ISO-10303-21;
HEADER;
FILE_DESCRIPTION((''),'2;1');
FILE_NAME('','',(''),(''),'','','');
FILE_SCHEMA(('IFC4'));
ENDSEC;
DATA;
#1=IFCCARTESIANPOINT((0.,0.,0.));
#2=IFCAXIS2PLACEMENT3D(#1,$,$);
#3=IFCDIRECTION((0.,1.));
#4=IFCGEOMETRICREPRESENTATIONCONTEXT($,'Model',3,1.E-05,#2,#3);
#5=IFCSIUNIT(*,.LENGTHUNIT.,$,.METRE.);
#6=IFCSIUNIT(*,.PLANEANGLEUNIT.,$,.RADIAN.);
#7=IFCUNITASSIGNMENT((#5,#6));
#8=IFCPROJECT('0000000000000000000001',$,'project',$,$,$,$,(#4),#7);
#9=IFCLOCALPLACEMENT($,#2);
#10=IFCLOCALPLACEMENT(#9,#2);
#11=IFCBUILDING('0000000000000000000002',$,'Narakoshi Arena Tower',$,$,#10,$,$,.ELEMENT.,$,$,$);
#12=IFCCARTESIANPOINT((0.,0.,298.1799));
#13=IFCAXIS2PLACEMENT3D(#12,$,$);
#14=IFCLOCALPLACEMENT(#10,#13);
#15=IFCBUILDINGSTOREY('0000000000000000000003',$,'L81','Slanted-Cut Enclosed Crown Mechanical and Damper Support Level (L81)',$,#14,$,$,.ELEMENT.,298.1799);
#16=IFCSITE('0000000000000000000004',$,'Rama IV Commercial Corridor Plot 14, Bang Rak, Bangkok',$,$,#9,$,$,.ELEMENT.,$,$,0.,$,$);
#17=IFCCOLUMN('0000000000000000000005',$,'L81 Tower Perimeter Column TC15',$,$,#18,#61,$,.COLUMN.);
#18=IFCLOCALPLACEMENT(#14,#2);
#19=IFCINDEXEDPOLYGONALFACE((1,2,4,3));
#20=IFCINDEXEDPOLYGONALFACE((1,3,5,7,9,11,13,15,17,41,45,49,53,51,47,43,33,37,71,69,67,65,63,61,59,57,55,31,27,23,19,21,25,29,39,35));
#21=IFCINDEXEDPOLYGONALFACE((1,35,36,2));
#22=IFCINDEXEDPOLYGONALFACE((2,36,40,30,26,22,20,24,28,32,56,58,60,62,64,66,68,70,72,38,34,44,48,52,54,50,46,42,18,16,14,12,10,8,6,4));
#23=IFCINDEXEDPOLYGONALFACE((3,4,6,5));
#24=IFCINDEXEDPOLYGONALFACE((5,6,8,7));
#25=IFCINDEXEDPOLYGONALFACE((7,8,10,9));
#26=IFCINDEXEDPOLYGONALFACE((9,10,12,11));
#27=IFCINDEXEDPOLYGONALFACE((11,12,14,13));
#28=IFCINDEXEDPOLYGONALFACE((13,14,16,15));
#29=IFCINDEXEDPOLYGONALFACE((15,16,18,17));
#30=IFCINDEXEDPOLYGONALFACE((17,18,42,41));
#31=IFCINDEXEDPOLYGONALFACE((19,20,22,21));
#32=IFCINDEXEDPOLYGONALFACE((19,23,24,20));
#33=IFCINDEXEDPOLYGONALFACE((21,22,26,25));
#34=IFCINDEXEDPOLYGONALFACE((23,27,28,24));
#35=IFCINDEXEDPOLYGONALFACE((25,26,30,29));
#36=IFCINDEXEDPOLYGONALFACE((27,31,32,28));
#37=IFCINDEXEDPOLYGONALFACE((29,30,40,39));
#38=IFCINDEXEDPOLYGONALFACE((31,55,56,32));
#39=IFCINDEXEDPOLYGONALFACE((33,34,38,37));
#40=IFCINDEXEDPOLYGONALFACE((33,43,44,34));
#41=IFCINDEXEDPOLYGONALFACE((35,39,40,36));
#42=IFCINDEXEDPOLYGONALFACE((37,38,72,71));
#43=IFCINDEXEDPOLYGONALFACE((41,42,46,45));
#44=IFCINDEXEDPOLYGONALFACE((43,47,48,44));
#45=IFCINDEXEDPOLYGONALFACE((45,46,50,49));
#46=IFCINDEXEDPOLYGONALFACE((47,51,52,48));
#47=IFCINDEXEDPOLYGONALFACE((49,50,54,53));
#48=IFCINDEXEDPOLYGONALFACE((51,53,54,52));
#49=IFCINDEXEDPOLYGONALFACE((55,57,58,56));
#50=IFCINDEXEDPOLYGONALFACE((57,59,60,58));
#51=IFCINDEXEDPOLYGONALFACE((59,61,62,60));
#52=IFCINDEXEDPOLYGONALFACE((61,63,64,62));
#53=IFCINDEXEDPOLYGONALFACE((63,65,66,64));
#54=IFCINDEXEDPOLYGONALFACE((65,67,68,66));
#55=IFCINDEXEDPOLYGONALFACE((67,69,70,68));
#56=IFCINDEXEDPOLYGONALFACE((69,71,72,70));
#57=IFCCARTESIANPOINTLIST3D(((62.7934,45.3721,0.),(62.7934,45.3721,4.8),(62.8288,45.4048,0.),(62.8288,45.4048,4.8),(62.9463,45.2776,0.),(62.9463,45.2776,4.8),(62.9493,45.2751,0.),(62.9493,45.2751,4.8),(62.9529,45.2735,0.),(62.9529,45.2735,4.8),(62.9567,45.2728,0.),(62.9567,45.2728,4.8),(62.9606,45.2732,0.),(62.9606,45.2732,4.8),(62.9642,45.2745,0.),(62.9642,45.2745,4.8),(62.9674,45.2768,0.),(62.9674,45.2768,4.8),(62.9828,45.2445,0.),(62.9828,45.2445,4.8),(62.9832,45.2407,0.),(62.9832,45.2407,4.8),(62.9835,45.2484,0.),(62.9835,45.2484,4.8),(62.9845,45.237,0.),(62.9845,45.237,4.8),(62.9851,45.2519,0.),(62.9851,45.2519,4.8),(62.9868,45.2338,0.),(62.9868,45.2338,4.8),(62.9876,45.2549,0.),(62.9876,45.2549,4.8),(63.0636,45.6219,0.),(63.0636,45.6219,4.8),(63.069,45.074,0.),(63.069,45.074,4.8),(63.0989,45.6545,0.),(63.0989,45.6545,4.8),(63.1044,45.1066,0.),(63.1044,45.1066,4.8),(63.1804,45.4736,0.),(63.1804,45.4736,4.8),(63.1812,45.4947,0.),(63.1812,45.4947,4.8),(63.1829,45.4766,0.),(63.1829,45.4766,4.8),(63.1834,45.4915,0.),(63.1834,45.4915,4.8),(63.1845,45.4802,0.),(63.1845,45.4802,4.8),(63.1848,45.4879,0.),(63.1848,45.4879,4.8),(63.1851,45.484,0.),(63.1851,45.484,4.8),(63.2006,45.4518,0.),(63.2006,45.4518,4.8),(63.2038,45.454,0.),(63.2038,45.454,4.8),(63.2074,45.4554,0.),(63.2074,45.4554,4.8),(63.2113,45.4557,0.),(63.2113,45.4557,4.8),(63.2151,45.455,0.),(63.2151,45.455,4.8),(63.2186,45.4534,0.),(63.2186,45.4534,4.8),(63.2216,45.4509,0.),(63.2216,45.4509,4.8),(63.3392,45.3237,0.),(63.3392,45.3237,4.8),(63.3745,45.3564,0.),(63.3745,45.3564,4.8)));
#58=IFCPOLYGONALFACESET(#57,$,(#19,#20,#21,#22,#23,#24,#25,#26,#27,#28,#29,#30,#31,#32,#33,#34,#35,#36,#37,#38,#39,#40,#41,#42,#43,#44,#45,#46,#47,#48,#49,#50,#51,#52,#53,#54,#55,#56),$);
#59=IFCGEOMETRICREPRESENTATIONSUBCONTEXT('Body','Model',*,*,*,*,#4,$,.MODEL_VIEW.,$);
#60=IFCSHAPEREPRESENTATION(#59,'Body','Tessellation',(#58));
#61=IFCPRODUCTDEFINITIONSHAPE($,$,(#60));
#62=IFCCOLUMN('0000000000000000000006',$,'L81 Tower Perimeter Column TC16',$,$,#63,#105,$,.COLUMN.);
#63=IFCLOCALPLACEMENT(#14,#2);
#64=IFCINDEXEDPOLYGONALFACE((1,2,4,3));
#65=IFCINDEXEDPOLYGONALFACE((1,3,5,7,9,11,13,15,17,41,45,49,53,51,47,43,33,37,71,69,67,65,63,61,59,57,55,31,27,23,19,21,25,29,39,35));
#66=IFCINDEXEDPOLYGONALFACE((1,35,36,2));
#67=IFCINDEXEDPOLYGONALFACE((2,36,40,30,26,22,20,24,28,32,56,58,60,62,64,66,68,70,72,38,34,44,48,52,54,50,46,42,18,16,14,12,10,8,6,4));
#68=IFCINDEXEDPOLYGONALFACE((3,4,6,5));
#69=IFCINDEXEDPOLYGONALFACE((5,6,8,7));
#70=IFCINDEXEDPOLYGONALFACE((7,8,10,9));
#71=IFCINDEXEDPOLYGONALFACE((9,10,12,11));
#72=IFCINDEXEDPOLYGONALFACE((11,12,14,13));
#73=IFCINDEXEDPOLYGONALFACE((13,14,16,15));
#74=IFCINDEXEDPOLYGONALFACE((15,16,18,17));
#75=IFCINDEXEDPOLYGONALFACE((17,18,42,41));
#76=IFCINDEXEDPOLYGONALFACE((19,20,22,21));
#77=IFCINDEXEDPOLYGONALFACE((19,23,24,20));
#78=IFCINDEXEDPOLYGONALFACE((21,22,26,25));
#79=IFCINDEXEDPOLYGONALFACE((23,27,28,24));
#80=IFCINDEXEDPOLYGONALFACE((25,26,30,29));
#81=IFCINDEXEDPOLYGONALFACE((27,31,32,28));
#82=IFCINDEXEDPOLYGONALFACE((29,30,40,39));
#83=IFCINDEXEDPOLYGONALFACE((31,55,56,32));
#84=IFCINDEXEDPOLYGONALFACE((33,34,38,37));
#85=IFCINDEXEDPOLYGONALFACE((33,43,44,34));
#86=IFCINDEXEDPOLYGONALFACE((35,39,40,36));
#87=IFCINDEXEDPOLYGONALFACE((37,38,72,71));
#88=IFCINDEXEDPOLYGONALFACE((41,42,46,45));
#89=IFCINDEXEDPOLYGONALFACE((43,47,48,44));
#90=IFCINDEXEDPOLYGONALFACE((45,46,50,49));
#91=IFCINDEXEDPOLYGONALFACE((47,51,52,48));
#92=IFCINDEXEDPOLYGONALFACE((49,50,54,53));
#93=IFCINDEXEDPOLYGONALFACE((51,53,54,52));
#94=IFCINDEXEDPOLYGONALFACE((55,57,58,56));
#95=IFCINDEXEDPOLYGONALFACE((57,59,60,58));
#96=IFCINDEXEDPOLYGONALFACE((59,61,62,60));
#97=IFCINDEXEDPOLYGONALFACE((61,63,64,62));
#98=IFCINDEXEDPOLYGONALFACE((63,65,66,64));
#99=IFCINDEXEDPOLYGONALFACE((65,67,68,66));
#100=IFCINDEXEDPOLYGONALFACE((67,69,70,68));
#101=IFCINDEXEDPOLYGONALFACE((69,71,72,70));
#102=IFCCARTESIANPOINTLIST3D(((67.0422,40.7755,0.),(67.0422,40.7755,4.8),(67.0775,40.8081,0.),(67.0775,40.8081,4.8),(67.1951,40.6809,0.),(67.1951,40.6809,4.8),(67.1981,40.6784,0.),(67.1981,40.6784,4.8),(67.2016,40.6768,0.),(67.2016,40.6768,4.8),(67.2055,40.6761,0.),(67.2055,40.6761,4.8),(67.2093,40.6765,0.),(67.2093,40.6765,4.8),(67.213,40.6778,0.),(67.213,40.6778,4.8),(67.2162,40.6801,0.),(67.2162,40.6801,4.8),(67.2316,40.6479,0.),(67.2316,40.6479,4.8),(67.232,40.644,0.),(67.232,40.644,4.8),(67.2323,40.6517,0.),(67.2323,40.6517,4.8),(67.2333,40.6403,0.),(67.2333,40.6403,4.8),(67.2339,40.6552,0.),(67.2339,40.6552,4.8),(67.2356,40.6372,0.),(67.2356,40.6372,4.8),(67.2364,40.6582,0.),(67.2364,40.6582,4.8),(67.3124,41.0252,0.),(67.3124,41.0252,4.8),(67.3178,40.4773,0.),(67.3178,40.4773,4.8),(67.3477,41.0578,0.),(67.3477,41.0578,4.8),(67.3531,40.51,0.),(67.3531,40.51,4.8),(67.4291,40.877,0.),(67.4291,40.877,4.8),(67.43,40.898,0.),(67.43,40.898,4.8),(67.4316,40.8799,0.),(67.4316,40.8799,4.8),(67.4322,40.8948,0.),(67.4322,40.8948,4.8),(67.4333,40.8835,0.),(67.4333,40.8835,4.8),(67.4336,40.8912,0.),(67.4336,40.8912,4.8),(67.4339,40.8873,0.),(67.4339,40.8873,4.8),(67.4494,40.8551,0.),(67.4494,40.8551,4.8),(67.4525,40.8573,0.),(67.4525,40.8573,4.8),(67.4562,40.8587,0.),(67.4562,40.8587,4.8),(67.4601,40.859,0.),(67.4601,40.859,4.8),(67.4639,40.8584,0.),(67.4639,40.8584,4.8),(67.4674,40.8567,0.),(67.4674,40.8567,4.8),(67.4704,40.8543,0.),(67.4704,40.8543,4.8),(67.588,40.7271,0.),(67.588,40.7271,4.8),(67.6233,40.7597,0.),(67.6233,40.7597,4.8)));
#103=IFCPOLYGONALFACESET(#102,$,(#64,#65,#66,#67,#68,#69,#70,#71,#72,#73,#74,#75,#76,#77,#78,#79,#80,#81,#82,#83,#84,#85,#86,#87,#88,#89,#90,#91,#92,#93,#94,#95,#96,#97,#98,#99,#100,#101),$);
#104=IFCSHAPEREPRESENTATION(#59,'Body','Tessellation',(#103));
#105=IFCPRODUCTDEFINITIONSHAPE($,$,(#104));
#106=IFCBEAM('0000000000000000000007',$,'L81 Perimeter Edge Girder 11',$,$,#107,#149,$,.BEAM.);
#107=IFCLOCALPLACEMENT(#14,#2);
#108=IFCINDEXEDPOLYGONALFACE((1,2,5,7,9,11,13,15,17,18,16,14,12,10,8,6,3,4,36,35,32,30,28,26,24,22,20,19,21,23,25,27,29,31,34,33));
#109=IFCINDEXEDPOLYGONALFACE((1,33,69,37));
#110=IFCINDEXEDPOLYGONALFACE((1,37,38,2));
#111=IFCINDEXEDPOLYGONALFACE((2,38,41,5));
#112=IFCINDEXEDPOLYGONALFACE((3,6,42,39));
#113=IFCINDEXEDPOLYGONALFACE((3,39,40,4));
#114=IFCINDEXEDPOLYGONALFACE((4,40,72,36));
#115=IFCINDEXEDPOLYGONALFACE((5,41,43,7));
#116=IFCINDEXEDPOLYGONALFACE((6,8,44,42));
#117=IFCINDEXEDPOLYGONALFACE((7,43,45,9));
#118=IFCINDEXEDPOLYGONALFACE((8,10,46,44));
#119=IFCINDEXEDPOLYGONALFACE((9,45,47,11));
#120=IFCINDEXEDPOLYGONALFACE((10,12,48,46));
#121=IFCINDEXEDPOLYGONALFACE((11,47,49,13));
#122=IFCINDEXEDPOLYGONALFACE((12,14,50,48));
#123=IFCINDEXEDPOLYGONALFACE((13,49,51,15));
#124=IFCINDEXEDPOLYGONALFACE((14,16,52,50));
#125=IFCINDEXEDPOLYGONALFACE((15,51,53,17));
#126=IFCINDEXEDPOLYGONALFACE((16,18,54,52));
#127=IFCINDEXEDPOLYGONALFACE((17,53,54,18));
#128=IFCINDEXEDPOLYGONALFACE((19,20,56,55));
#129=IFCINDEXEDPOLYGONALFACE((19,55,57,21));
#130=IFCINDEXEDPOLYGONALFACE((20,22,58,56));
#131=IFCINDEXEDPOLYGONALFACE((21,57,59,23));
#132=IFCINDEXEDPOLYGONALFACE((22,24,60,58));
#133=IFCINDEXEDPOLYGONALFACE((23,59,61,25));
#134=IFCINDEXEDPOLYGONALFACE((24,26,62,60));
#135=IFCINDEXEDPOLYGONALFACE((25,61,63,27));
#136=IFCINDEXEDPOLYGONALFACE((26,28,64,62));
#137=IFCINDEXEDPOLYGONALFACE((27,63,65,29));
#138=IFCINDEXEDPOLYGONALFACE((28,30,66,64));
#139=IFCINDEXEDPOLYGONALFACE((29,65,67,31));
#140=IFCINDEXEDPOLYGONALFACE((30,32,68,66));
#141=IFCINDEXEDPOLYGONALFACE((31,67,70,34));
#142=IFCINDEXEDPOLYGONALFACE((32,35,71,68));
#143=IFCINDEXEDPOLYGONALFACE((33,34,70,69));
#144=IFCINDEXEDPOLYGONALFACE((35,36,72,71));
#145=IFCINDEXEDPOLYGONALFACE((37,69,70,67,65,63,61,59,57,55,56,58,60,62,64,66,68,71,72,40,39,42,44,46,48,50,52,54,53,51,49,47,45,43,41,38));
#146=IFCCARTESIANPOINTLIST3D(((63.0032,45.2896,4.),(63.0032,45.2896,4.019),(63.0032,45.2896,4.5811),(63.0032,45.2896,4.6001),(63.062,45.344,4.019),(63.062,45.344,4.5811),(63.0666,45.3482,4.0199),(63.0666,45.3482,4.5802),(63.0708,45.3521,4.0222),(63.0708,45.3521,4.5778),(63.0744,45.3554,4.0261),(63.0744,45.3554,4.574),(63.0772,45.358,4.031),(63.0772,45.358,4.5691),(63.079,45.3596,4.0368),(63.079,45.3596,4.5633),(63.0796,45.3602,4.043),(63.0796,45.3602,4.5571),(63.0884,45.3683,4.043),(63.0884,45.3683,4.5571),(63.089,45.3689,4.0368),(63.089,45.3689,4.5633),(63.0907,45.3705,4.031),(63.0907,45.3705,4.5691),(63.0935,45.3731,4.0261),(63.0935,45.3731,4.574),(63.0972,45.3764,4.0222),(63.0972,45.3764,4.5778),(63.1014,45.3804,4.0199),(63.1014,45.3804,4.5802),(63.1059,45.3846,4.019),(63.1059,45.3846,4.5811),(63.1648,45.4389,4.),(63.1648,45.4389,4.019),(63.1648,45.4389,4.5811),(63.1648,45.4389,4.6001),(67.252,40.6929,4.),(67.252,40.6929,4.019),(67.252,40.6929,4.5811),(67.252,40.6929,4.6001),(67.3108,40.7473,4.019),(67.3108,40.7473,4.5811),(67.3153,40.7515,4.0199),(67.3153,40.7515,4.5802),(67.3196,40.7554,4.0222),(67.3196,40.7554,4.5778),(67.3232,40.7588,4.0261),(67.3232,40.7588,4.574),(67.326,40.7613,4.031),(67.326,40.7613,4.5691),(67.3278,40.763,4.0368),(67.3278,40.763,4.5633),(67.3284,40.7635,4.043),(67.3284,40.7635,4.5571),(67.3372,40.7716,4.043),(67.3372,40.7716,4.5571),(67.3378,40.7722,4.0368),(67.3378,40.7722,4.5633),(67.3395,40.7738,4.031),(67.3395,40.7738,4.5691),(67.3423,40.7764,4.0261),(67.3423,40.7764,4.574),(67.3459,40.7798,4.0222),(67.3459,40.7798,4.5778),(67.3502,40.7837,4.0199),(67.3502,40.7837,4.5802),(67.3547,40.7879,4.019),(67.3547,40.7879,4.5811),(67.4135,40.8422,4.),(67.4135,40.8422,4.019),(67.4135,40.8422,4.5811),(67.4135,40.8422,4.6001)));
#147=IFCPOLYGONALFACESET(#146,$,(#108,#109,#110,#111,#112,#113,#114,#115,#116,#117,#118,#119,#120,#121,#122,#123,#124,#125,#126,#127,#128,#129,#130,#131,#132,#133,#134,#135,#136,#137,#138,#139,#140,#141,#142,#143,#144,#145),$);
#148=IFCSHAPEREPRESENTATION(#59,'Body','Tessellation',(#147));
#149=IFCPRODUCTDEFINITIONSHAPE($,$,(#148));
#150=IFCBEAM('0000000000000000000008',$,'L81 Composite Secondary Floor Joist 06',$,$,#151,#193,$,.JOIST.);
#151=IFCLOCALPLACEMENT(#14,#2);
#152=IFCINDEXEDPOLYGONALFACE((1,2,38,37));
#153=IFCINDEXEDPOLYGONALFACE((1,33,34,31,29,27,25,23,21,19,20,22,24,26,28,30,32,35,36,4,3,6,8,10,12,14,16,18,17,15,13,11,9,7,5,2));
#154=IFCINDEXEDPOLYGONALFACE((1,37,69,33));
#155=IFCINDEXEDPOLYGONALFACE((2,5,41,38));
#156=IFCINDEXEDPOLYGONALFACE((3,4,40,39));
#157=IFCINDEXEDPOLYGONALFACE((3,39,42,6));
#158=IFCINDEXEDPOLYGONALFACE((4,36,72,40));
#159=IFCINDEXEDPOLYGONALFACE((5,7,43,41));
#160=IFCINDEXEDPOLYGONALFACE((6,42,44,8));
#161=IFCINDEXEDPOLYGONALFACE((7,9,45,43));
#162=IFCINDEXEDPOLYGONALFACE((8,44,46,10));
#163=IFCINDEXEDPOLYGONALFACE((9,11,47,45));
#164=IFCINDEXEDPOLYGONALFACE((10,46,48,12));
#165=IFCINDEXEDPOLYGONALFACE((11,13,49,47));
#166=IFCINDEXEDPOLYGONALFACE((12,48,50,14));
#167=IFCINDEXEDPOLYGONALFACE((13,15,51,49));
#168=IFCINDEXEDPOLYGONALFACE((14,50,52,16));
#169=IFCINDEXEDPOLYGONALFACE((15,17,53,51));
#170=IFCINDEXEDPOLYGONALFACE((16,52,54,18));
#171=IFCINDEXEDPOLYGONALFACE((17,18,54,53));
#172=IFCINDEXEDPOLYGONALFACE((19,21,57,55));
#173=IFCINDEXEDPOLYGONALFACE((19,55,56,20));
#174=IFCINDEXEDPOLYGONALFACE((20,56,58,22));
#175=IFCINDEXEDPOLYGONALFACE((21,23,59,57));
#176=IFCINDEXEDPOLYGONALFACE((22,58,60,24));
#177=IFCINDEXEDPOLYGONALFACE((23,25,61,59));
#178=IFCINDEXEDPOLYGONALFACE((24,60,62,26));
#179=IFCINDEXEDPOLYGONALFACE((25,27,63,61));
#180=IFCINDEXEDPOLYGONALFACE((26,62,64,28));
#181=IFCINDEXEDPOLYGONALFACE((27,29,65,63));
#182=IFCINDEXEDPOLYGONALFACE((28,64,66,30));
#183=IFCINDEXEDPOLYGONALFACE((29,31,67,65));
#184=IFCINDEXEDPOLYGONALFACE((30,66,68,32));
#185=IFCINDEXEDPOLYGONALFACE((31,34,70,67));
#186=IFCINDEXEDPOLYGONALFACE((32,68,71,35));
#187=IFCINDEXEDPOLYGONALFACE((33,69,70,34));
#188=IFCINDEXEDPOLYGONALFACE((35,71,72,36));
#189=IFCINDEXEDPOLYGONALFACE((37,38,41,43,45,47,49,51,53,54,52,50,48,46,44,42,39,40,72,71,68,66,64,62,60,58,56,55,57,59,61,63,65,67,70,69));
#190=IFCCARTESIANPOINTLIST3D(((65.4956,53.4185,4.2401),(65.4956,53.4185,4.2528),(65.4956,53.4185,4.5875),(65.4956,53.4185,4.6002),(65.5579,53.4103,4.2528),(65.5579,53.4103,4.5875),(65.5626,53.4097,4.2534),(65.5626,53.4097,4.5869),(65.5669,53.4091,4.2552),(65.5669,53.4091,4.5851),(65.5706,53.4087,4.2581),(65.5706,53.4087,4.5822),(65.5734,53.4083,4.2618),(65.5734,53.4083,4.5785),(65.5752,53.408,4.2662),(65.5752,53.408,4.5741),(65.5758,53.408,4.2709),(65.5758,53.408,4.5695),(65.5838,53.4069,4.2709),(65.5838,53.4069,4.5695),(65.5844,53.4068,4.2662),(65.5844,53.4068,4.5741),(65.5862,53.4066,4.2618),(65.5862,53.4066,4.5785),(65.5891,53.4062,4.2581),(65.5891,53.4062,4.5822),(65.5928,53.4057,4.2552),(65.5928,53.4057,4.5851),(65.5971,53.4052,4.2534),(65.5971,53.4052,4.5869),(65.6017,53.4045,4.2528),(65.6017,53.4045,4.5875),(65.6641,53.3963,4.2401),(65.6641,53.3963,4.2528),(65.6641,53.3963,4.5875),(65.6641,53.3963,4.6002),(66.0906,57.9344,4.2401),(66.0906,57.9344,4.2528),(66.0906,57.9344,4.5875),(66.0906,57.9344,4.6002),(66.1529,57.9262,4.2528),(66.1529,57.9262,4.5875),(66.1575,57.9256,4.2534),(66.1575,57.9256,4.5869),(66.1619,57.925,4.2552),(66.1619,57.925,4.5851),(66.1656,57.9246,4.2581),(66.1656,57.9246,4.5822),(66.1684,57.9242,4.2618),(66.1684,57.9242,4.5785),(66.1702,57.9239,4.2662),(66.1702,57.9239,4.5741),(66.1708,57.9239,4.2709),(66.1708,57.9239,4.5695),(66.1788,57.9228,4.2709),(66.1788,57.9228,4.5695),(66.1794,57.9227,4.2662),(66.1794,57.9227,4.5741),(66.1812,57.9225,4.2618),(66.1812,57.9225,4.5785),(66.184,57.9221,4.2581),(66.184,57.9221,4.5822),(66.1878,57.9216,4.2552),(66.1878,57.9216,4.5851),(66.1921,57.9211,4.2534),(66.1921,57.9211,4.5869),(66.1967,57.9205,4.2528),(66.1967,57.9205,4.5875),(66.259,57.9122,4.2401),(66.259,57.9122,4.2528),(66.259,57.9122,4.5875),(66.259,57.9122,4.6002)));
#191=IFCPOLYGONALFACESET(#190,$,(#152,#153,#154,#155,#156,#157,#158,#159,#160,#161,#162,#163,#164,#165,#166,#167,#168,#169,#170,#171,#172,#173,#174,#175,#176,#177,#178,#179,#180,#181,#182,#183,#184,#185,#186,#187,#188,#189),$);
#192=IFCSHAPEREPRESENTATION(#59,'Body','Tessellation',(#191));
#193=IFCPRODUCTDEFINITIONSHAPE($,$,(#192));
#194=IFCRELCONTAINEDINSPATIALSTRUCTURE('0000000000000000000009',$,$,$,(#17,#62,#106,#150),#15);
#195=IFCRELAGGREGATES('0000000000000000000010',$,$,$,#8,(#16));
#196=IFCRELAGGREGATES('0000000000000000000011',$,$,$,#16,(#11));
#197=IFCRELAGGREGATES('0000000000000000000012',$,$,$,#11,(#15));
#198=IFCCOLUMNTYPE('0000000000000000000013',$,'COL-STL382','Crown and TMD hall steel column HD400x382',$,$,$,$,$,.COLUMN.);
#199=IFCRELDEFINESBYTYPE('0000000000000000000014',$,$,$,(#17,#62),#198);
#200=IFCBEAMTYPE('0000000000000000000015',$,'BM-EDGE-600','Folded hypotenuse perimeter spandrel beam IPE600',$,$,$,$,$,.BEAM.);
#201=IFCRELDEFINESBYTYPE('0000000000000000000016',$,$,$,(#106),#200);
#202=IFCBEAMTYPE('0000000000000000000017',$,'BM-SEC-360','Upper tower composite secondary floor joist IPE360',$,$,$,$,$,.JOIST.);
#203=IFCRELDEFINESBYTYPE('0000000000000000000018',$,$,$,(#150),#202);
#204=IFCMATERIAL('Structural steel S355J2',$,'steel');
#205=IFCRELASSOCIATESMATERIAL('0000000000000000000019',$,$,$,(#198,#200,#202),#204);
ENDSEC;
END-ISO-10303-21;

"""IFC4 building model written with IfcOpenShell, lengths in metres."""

from ifc_helpers import new_model, si_unit, direction, frame, origin, origin_2d, place, context, subcontext, project, spatial, i_section, extrude, material, material_profile, profile_set, type_object, element, save


model = new_model("IFC4")

# Units and contexts
model_context = context("Model", 3, precision=1e-05, world=origin(), true_north=direction((0.0, 1.0)))
body_context = subcontext(model_context, "Body", "Model", "MODEL_VIEW")
ifc_project = project(units=[si_unit("LENGTHUNIT", "METRE"), si_unit("PLANEANGLEUNIT", "RADIAN")], contexts=[model_context])

# Site, building, storey
site_placement = place(None, origin())
site = spatial("IfcSite", under=ifc_project, at=site_placement, Name="Rama IV Commercial Corridor Plot 14, Bang Rak, Bangkok", CompositionType="ELEMENT", RefElevation=0.0)
building_placement = place(site_placement, origin())
building = spatial("IfcBuilding", under=site, at=building_placement, Name="Narakoshi Arena Tower", CompositionType="ELEMENT")
storey_placement = place(building_placement, frame((0.0, 0.0, 298.1799)))
storey = spatial("IfcBuildingStorey", under=building, at=storey_placement, Name="L81", Description="Slanted-Cut Enclosed Crown Mechanical and Damper Support Level (L81)", CompositionType="ELEMENT", Elevation=298.1799)

# Columns
ifc_material_1 = material(Name="Structural steel S355J2", Category="steel")
ifc_material_profile_1 = material_profile(ifc_material_1, i_section(OverallWidth=0.406, OverallDepth=0.416, WebThickness=0.0298, FlangeThickness=0.0481, FilletRadius=0.0149, at=origin_2d()), Name="HD400x382")
ifc_profile_set_1 = profile_set([ifc_material_profile_1], Name="Structural steel S355J2")
column_type = type_object("IfcColumnType", Name="COL-STL382", Description="Crown and TMD hall steel column HD400x382", PredefinedType="COLUMN", material=ifc_profile_set_1)
for number, where, z_axis, x_axis, name in (
    (1, (63.084, 45.3643, 0.0), (0.0, 0.0, 1.0), (-0.678801, 0.734323, 0.0), "L81 Tower Perimeter Column TC15"),
    (2, (67.3328, 40.7676, 0.0), (0.0, 0.0, 1.0), (-0.678801, 0.734323, 0.0), "L81 Tower Perimeter Column TC16"),
):
    element("IfcColumn", number, at=place(storey_placement, frame(where, z_axis=z_axis, x_axis=x_axis)), inside=storey, type_object=column_type, Name=name, PredefinedType="COLUMN", context=body_context, shape_type="SweptSolid", body=[
        extrude(i_section(OverallWidth=0.406, OverallDepth=0.416, WebThickness=0.0298, FlangeThickness=0.0481, FilletRadius=0.0149, at=origin_2d()), origin(), (0.0, 0.0, 1.0), 4.8),
    ])

# Beams
ifc_material_profile_2 = material_profile(ifc_material_1, i_section(OverallWidth=0.22, OverallDepth=0.6001, WebThickness=0.012, FlangeThickness=0.019, FilletRadius=0.0239, at=origin_2d()), Name="IPE600")
ifc_profile_set_2 = profile_set([ifc_material_profile_2], Name="Structural steel S355J2")
beam_type_1 = type_object("IfcBeamType", Name="BM-EDGE-600", Description="Folded hypotenuse perimeter spandrel beam IPE600", PredefinedType="BEAM", material=ifc_profile_set_2)
beam_1_placement = place(storey_placement, frame((63.084, 45.3643, 4.3), z_axis=(0.678771, -0.73435, 0.0), x_axis=(0.73435, 0.678771, 0.0)))
element("IfcBeam", 3, at=beam_1_placement, inside=storey, type_object=beam_type_1, Name="L81 Perimeter Edge Girder 11", PredefinedType="BEAM", context=body_context, shape_type="SweptSolid", body=[
    extrude(i_section(OverallWidth=0.22, OverallDepth=0.6001, WebThickness=0.012, FlangeThickness=0.019, FilletRadius=0.0239, at=origin_2d()), origin(), (0.0, 0.0, 1.0), 6.2595),
])
ifc_material_profile_3 = material_profile(ifc_material_1, i_section(OverallWidth=0.1699, OverallDepth=0.3601, WebThickness=0.0081, FlangeThickness=0.0127, FilletRadius=0.0181, at=origin_2d()), Name="IPE360")
ifc_profile_set_3 = profile_set([ifc_material_profile_3], Name="Structural steel S355J2")
beam_type_2 = type_object("IfcBeamType", Name="BM-SEC-360", Description="Upper tower composite secondary floor joist IPE360", PredefinedType="JOIST", material=ifc_profile_set_3)
beam_2_placement = place(storey_placement, frame((66.1748, 57.9233, 4.4202), z_axis=(-0.130622, -0.991432, 0.0), x_axis=(0.991432, -0.130622, 0.0)))
element("IfcBeam", 4, at=beam_2_placement, inside=storey, type_object=beam_type_2, Name="L81 Composite Secondary Floor Joist 06", PredefinedType="JOIST", context=body_context, shape_type="SweptSolid", body=[
    extrude(i_section(OverallWidth=0.1699, OverallDepth=0.3601, WebThickness=0.0081, FlangeThickness=0.0127, FilletRadius=0.0181, at=origin_2d()), origin(), (0.0, 0.0, 1.0), 4.5549),
])

save(model, "model.ifc")
